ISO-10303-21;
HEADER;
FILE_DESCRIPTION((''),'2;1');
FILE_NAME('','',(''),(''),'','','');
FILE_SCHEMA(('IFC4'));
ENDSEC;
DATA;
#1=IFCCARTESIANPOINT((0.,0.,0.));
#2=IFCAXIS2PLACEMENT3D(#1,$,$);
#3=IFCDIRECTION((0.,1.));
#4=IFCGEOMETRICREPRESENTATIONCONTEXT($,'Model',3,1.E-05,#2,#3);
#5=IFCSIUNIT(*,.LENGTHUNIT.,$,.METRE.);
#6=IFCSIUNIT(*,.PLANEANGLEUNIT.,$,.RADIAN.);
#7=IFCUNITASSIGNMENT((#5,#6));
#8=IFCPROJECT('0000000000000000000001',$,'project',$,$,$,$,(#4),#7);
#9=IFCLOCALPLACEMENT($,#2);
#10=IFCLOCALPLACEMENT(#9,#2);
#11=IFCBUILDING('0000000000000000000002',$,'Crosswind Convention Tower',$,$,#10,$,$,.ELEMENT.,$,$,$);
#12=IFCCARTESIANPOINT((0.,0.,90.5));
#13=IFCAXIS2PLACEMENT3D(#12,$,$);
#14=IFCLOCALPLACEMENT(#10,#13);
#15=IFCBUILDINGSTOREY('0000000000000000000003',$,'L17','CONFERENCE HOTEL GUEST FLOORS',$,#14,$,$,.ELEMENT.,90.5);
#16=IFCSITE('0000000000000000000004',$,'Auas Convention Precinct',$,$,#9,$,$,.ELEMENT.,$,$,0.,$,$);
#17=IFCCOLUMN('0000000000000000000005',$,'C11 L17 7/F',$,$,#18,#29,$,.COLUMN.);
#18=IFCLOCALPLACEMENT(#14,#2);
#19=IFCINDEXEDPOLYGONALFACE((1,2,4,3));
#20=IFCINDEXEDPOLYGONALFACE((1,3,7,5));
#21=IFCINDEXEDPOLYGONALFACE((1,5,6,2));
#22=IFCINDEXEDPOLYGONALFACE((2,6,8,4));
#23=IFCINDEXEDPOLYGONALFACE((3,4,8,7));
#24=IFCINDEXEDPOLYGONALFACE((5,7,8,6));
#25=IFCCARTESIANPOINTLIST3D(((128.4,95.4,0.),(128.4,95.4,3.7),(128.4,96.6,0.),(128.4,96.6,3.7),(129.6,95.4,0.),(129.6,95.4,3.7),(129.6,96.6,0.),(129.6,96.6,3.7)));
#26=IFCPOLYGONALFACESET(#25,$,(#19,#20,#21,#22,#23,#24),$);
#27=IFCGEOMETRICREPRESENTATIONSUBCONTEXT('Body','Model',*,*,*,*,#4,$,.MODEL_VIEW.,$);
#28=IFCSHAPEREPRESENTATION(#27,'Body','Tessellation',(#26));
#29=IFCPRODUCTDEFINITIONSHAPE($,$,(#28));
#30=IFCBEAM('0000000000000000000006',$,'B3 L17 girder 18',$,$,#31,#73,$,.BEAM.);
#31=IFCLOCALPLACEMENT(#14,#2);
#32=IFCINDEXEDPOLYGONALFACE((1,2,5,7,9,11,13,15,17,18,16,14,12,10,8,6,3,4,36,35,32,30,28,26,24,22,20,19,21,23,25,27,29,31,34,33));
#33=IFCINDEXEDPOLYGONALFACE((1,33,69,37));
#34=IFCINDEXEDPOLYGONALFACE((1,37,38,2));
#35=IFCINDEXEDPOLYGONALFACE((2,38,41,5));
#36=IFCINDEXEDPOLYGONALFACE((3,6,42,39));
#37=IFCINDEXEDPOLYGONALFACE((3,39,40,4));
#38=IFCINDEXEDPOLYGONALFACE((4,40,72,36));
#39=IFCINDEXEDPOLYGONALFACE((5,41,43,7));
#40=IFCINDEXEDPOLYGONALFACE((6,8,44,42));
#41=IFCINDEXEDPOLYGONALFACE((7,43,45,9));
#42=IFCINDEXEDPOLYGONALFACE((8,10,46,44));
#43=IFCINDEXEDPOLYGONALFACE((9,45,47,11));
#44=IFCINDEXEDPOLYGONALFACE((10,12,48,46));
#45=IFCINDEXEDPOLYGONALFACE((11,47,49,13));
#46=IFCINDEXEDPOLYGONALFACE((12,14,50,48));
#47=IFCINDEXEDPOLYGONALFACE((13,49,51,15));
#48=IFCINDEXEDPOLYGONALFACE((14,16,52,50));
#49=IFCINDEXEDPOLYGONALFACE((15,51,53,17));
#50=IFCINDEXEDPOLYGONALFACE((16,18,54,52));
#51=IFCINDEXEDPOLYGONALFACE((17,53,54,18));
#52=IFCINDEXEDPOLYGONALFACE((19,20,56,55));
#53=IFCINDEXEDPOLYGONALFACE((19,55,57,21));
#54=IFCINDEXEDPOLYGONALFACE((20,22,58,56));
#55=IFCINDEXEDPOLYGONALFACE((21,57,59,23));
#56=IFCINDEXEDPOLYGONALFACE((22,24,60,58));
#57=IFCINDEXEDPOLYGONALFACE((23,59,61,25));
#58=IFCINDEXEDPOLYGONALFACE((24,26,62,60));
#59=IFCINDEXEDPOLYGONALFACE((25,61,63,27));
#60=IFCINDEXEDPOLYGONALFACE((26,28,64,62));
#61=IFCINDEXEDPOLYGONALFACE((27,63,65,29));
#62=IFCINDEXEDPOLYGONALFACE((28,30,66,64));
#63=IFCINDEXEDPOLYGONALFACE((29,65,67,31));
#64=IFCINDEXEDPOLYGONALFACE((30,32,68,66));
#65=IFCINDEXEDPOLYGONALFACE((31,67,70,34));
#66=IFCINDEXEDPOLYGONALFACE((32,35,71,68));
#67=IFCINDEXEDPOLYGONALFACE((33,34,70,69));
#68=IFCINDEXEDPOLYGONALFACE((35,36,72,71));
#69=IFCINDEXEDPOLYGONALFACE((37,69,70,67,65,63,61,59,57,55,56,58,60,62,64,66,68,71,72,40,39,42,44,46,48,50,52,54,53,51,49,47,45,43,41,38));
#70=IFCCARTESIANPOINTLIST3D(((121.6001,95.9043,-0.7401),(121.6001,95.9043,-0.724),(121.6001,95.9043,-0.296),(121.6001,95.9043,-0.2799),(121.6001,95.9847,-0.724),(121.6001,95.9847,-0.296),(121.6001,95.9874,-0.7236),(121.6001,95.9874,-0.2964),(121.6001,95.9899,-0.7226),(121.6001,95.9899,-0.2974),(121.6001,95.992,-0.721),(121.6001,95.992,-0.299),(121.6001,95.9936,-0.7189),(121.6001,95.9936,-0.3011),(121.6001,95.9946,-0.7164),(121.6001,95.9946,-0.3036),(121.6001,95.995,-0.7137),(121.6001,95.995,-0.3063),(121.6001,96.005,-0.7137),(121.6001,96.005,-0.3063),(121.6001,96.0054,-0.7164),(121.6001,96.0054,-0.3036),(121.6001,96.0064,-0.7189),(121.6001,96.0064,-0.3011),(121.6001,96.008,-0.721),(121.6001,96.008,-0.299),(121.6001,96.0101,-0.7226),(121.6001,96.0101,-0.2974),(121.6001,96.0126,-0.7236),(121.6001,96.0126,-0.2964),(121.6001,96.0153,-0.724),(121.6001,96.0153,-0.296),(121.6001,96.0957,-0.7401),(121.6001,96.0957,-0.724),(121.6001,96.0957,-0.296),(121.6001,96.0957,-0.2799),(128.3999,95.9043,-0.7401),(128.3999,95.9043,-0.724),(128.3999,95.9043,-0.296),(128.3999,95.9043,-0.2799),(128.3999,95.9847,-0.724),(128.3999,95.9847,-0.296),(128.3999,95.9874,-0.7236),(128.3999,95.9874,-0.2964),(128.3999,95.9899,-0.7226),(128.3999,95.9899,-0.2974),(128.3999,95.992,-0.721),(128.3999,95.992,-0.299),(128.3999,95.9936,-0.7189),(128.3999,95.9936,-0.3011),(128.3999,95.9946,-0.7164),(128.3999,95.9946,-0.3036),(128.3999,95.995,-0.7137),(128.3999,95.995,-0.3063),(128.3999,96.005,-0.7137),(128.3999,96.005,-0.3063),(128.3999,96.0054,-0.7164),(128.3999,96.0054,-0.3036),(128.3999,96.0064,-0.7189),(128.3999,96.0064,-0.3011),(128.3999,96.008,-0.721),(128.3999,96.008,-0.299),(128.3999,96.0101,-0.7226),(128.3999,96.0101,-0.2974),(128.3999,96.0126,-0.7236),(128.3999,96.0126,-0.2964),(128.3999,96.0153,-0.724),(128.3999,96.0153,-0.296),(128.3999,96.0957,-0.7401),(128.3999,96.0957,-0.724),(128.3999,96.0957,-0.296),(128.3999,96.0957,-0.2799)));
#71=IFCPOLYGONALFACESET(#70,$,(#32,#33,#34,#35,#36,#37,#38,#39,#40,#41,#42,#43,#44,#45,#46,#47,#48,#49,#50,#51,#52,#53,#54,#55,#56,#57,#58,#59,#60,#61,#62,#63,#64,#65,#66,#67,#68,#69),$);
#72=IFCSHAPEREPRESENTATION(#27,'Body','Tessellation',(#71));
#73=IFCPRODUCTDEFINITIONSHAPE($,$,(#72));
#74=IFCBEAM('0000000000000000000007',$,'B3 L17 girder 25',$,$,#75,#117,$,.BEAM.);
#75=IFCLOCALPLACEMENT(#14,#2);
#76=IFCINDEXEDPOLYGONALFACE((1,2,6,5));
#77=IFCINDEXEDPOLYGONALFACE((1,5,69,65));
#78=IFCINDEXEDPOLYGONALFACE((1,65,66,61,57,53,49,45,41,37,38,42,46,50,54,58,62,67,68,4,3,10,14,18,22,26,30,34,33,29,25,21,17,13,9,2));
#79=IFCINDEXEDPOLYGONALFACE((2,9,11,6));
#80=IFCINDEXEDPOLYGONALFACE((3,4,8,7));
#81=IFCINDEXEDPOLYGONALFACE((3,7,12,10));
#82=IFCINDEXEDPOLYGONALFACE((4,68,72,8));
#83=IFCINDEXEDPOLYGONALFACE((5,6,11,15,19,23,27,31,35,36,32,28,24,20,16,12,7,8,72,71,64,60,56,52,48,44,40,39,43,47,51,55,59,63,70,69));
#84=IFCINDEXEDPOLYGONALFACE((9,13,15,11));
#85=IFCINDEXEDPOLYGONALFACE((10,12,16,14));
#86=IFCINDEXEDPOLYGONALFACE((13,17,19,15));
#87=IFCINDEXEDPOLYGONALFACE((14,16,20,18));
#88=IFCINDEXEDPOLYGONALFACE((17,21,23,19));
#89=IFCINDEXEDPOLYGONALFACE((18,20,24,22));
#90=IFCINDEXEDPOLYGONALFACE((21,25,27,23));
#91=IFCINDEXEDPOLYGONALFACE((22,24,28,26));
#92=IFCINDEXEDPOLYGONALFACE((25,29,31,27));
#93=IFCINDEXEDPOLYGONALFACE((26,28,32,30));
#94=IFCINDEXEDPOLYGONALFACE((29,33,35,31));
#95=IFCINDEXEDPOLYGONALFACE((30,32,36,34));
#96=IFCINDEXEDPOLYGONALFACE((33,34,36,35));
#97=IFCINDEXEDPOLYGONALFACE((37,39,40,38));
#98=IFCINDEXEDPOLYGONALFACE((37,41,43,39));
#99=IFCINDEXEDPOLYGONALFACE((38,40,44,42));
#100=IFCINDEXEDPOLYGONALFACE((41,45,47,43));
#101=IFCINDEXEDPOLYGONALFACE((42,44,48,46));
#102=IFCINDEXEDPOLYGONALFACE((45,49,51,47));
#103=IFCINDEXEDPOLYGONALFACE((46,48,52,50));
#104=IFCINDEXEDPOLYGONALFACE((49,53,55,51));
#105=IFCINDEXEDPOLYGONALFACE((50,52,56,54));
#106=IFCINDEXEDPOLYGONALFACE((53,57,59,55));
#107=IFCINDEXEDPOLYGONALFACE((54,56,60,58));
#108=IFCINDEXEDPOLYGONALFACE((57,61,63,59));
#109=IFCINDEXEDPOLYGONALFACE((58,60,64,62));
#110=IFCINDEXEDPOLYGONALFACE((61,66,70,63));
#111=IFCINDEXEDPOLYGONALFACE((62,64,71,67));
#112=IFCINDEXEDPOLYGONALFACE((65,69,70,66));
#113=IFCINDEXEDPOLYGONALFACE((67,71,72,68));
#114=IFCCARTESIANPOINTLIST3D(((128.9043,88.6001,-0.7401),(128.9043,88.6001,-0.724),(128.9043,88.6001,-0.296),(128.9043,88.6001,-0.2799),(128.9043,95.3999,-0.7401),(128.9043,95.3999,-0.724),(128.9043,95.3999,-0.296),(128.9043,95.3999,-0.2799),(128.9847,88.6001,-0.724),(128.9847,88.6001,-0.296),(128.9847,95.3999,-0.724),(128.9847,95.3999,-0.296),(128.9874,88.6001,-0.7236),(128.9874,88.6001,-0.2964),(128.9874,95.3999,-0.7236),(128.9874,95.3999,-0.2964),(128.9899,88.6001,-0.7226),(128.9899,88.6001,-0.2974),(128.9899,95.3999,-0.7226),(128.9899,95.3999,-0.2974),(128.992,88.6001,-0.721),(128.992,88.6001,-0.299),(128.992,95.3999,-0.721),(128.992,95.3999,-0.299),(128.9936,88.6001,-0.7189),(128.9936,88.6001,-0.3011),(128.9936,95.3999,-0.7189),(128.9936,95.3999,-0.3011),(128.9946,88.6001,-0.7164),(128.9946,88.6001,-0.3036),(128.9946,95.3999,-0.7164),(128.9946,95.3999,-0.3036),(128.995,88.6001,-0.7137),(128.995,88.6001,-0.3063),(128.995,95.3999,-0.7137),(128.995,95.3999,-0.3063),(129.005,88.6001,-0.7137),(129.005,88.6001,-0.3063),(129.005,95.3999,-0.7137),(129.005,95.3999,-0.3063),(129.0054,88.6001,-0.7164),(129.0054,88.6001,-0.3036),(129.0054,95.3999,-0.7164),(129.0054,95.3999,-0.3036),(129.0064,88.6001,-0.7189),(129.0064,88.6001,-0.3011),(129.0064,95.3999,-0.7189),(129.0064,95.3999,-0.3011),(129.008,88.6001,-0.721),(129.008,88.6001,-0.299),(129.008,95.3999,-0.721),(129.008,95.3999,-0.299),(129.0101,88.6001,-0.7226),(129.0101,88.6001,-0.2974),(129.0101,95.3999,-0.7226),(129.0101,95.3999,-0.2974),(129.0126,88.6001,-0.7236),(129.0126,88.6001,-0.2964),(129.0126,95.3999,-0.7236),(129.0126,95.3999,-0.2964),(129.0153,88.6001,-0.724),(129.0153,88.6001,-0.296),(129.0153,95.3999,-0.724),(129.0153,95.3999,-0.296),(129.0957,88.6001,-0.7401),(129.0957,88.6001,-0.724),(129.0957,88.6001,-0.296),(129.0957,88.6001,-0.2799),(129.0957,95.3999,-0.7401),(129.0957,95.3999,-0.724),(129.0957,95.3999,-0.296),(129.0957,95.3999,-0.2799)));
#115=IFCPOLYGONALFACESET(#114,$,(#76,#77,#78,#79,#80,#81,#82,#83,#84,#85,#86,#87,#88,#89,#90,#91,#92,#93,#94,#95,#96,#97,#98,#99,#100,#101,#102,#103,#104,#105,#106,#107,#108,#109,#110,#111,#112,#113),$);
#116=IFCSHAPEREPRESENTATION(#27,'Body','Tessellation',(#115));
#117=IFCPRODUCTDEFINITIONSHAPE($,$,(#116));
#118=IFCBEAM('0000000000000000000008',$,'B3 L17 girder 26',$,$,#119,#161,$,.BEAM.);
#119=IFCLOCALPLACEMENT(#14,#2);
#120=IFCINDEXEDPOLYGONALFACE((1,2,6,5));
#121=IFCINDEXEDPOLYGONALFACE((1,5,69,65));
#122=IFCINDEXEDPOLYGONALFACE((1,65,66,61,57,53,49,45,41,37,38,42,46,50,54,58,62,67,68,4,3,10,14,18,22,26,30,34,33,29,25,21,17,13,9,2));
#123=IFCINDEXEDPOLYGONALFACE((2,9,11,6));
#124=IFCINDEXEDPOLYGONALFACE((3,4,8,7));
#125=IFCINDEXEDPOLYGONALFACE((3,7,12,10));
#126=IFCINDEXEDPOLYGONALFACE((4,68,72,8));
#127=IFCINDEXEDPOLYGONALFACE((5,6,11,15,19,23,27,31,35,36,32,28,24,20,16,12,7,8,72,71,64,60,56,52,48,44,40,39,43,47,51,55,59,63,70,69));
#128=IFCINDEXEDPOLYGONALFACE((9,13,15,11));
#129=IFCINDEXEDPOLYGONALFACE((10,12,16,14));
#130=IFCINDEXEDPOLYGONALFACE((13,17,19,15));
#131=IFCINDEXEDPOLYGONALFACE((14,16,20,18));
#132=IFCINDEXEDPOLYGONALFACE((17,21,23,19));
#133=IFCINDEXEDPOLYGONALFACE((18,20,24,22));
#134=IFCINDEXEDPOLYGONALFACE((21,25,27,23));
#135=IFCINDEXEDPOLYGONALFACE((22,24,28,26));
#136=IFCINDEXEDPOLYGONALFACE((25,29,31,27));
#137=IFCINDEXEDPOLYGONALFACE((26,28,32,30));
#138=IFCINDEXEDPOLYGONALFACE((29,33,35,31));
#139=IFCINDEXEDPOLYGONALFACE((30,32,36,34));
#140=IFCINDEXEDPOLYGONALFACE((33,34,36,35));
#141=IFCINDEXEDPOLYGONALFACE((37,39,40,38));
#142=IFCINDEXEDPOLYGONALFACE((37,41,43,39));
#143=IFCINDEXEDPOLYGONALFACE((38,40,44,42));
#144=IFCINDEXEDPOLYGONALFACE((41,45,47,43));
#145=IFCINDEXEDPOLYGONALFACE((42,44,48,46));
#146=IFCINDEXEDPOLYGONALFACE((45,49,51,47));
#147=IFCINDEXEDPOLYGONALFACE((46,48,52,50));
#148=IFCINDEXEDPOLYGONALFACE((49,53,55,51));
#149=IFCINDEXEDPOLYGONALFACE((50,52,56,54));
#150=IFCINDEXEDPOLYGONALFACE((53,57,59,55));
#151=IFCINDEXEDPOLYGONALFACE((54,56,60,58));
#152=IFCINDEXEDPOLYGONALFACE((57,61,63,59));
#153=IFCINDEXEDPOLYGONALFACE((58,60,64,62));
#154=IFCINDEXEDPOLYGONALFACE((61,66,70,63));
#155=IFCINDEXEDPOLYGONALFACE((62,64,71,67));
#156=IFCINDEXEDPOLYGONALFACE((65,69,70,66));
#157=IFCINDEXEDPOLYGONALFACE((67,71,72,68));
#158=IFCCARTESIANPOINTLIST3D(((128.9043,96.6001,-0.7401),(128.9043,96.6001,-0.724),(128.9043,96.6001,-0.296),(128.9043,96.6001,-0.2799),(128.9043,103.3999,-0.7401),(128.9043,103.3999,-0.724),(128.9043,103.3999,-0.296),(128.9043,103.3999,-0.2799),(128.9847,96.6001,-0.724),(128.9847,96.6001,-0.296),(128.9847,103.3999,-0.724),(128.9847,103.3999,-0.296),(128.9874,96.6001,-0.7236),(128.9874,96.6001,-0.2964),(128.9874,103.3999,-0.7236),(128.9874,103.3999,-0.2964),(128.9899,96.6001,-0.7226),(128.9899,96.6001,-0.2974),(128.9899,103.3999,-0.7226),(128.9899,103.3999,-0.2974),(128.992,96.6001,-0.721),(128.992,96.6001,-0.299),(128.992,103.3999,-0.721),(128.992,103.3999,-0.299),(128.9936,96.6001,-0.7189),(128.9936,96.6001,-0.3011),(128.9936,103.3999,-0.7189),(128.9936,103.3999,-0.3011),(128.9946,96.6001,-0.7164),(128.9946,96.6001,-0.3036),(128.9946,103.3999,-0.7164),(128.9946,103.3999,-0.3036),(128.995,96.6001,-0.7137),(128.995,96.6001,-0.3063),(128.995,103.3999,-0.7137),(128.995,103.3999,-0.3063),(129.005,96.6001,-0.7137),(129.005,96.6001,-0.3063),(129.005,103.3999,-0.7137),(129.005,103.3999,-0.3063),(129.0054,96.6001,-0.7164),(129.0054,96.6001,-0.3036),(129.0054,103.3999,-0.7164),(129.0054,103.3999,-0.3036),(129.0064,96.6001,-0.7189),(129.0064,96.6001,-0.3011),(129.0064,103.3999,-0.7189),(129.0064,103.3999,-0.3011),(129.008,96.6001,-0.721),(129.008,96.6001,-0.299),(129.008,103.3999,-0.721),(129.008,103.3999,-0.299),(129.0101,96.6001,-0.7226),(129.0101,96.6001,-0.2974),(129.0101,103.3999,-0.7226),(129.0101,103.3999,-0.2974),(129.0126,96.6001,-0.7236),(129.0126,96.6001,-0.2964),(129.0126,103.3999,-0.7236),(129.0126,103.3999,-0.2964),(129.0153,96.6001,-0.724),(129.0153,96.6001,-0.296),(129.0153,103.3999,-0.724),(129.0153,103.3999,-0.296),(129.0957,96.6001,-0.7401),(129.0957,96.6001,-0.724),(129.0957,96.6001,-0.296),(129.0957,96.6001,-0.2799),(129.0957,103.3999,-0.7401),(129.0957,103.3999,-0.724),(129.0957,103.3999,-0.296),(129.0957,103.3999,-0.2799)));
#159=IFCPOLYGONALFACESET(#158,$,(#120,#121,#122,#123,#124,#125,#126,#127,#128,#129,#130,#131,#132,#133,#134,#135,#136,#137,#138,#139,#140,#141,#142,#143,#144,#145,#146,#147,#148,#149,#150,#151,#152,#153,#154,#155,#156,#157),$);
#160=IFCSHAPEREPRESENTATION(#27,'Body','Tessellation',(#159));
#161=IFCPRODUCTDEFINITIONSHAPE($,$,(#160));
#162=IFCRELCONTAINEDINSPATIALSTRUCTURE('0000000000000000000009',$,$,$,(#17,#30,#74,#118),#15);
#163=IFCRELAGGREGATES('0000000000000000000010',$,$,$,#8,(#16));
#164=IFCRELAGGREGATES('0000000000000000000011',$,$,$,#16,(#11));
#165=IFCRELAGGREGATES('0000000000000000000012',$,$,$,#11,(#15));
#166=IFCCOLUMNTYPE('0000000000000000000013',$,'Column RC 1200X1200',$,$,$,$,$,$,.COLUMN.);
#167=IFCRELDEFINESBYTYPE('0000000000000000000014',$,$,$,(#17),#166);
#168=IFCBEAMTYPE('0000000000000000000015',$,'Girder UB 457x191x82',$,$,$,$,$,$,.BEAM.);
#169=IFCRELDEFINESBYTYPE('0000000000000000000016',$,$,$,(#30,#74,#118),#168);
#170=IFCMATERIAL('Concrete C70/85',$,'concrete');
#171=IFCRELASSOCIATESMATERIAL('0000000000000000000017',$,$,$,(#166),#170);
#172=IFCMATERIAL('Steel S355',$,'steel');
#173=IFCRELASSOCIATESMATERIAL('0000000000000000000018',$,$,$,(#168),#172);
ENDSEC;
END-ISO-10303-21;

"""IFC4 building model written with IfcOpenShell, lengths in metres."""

from ifc_helpers import new_model, si_unit, direction, frame, origin, origin_2d, place, context, subcontext, project, spatial, rectangle, i_section, extrude, material, material_profile, profile_set, type_object, element, save


model = new_model("IFC4")

# Units and contexts
model_context = context("Model", 3, precision=1e-05, world=origin(), true_north=direction((0.0, 1.0)))
body_context = subcontext(model_context, "Body", "Model", "MODEL_VIEW")
ifc_project = project(units=[si_unit("LENGTHUNIT", "METRE"), si_unit("PLANEANGLEUNIT", "RADIAN")], contexts=[model_context])

# Site, building, storey
site_placement = place(None, origin())
site = spatial("IfcSite", under=ifc_project, at=site_placement, Name="Auas Convention Precinct", CompositionType="ELEMENT", RefElevation=0.0)
building_placement = place(site_placement, origin())
building = spatial("IfcBuilding", under=site, at=building_placement, Name="Crosswind Convention Tower", CompositionType="ELEMENT")
storey_placement = place(building_placement, frame((0.0, 0.0, 90.5)))
storey = spatial("IfcBuildingStorey", under=building, at=storey_placement, Name="L17", Description="CONFERENCE HOTEL GUEST FLOORS", CompositionType="ELEMENT", Elevation=90.5)

# Column
ifc_material_1 = material(Name="Concrete C70/85", Category="concrete")
ifc_material_profile_1 = material_profile(ifc_material_1, rectangle(XDim=1.2, YDim=1.2, at=origin_2d()), Name="RC 1200X1200")
ifc_profile_set_1 = profile_set([ifc_material_profile_1], Name="Concrete C70/85")
column_type = type_object("IfcColumnType", Name="Column RC 1200X1200", PredefinedType="COLUMN", material=ifc_profile_set_1)
column_placement = place(storey_placement, frame((129.0, 96.0, 0.0), z_axis=(0.0, 0.0, 1.0), x_axis=(1.0, 0.0, 0.0)))
element("IfcColumn", 1, at=column_placement, inside=storey, type_object=column_type, Name="C11 L17 7/F", PredefinedType="COLUMN", context=body_context, shape_type="SweptSolid", body=[
    extrude(rectangle(XDim=1.2, YDim=1.2, at=origin_2d()), origin(), (0.0, 0.0, 1.0), 3.7),
])

# Beams
ifc_material_2 = material(Name="Steel S355", Category="steel")
ifc_material_profile_2 = material_profile(ifc_material_2, i_section(OverallWidth=0.1914, OverallDepth=0.4602, WebThickness=0.01, FlangeThickness=0.0161, FilletRadius=0.0103, at=origin_2d()), Name="UB 457x191x82")
ifc_profile_set_2 = profile_set([ifc_material_profile_2], Name="Steel S355")
beam_type_1 = type_object("IfcBeamType", Name="Girder UB 457x191x82", PredefinedType="BEAM", material=ifc_profile_set_2)
for number, where, z_axis, x_axis, name in (
    (2, (121.6001, 96.0, -0.51), (1.0, 0.0, 0.0), (0.0, 1.0, 0.0), "B3 L17 girder 18"),
    (3, (129.0, 88.6001, -0.51), (0.0, 1.0, 0.0), (-1.0, 0.0, 0.0), "B3 L17 girder 25"),
    (4, (129.0, 96.6001, -0.51), (0.0, 1.0, 0.0), (-1.0, 0.0, 0.0), "B3 L17 girder 26"),
):
    element("IfcBeam", number, at=place(storey_placement, frame(where, z_axis=z_axis, x_axis=x_axis)), inside=storey, type_object=beam_type_1, Name=name, PredefinedType="BEAM", context=body_context, shape_type="SweptSolid", body=[
        extrude(i_section(OverallWidth=0.1914, OverallDepth=0.4602, WebThickness=0.01, FlangeThickness=0.0161, FilletRadius=0.0103, at=origin_2d()), origin(), (0.0, 0.0, 1.0), 6.7998),
    ])

save(model, "model.ifc")
